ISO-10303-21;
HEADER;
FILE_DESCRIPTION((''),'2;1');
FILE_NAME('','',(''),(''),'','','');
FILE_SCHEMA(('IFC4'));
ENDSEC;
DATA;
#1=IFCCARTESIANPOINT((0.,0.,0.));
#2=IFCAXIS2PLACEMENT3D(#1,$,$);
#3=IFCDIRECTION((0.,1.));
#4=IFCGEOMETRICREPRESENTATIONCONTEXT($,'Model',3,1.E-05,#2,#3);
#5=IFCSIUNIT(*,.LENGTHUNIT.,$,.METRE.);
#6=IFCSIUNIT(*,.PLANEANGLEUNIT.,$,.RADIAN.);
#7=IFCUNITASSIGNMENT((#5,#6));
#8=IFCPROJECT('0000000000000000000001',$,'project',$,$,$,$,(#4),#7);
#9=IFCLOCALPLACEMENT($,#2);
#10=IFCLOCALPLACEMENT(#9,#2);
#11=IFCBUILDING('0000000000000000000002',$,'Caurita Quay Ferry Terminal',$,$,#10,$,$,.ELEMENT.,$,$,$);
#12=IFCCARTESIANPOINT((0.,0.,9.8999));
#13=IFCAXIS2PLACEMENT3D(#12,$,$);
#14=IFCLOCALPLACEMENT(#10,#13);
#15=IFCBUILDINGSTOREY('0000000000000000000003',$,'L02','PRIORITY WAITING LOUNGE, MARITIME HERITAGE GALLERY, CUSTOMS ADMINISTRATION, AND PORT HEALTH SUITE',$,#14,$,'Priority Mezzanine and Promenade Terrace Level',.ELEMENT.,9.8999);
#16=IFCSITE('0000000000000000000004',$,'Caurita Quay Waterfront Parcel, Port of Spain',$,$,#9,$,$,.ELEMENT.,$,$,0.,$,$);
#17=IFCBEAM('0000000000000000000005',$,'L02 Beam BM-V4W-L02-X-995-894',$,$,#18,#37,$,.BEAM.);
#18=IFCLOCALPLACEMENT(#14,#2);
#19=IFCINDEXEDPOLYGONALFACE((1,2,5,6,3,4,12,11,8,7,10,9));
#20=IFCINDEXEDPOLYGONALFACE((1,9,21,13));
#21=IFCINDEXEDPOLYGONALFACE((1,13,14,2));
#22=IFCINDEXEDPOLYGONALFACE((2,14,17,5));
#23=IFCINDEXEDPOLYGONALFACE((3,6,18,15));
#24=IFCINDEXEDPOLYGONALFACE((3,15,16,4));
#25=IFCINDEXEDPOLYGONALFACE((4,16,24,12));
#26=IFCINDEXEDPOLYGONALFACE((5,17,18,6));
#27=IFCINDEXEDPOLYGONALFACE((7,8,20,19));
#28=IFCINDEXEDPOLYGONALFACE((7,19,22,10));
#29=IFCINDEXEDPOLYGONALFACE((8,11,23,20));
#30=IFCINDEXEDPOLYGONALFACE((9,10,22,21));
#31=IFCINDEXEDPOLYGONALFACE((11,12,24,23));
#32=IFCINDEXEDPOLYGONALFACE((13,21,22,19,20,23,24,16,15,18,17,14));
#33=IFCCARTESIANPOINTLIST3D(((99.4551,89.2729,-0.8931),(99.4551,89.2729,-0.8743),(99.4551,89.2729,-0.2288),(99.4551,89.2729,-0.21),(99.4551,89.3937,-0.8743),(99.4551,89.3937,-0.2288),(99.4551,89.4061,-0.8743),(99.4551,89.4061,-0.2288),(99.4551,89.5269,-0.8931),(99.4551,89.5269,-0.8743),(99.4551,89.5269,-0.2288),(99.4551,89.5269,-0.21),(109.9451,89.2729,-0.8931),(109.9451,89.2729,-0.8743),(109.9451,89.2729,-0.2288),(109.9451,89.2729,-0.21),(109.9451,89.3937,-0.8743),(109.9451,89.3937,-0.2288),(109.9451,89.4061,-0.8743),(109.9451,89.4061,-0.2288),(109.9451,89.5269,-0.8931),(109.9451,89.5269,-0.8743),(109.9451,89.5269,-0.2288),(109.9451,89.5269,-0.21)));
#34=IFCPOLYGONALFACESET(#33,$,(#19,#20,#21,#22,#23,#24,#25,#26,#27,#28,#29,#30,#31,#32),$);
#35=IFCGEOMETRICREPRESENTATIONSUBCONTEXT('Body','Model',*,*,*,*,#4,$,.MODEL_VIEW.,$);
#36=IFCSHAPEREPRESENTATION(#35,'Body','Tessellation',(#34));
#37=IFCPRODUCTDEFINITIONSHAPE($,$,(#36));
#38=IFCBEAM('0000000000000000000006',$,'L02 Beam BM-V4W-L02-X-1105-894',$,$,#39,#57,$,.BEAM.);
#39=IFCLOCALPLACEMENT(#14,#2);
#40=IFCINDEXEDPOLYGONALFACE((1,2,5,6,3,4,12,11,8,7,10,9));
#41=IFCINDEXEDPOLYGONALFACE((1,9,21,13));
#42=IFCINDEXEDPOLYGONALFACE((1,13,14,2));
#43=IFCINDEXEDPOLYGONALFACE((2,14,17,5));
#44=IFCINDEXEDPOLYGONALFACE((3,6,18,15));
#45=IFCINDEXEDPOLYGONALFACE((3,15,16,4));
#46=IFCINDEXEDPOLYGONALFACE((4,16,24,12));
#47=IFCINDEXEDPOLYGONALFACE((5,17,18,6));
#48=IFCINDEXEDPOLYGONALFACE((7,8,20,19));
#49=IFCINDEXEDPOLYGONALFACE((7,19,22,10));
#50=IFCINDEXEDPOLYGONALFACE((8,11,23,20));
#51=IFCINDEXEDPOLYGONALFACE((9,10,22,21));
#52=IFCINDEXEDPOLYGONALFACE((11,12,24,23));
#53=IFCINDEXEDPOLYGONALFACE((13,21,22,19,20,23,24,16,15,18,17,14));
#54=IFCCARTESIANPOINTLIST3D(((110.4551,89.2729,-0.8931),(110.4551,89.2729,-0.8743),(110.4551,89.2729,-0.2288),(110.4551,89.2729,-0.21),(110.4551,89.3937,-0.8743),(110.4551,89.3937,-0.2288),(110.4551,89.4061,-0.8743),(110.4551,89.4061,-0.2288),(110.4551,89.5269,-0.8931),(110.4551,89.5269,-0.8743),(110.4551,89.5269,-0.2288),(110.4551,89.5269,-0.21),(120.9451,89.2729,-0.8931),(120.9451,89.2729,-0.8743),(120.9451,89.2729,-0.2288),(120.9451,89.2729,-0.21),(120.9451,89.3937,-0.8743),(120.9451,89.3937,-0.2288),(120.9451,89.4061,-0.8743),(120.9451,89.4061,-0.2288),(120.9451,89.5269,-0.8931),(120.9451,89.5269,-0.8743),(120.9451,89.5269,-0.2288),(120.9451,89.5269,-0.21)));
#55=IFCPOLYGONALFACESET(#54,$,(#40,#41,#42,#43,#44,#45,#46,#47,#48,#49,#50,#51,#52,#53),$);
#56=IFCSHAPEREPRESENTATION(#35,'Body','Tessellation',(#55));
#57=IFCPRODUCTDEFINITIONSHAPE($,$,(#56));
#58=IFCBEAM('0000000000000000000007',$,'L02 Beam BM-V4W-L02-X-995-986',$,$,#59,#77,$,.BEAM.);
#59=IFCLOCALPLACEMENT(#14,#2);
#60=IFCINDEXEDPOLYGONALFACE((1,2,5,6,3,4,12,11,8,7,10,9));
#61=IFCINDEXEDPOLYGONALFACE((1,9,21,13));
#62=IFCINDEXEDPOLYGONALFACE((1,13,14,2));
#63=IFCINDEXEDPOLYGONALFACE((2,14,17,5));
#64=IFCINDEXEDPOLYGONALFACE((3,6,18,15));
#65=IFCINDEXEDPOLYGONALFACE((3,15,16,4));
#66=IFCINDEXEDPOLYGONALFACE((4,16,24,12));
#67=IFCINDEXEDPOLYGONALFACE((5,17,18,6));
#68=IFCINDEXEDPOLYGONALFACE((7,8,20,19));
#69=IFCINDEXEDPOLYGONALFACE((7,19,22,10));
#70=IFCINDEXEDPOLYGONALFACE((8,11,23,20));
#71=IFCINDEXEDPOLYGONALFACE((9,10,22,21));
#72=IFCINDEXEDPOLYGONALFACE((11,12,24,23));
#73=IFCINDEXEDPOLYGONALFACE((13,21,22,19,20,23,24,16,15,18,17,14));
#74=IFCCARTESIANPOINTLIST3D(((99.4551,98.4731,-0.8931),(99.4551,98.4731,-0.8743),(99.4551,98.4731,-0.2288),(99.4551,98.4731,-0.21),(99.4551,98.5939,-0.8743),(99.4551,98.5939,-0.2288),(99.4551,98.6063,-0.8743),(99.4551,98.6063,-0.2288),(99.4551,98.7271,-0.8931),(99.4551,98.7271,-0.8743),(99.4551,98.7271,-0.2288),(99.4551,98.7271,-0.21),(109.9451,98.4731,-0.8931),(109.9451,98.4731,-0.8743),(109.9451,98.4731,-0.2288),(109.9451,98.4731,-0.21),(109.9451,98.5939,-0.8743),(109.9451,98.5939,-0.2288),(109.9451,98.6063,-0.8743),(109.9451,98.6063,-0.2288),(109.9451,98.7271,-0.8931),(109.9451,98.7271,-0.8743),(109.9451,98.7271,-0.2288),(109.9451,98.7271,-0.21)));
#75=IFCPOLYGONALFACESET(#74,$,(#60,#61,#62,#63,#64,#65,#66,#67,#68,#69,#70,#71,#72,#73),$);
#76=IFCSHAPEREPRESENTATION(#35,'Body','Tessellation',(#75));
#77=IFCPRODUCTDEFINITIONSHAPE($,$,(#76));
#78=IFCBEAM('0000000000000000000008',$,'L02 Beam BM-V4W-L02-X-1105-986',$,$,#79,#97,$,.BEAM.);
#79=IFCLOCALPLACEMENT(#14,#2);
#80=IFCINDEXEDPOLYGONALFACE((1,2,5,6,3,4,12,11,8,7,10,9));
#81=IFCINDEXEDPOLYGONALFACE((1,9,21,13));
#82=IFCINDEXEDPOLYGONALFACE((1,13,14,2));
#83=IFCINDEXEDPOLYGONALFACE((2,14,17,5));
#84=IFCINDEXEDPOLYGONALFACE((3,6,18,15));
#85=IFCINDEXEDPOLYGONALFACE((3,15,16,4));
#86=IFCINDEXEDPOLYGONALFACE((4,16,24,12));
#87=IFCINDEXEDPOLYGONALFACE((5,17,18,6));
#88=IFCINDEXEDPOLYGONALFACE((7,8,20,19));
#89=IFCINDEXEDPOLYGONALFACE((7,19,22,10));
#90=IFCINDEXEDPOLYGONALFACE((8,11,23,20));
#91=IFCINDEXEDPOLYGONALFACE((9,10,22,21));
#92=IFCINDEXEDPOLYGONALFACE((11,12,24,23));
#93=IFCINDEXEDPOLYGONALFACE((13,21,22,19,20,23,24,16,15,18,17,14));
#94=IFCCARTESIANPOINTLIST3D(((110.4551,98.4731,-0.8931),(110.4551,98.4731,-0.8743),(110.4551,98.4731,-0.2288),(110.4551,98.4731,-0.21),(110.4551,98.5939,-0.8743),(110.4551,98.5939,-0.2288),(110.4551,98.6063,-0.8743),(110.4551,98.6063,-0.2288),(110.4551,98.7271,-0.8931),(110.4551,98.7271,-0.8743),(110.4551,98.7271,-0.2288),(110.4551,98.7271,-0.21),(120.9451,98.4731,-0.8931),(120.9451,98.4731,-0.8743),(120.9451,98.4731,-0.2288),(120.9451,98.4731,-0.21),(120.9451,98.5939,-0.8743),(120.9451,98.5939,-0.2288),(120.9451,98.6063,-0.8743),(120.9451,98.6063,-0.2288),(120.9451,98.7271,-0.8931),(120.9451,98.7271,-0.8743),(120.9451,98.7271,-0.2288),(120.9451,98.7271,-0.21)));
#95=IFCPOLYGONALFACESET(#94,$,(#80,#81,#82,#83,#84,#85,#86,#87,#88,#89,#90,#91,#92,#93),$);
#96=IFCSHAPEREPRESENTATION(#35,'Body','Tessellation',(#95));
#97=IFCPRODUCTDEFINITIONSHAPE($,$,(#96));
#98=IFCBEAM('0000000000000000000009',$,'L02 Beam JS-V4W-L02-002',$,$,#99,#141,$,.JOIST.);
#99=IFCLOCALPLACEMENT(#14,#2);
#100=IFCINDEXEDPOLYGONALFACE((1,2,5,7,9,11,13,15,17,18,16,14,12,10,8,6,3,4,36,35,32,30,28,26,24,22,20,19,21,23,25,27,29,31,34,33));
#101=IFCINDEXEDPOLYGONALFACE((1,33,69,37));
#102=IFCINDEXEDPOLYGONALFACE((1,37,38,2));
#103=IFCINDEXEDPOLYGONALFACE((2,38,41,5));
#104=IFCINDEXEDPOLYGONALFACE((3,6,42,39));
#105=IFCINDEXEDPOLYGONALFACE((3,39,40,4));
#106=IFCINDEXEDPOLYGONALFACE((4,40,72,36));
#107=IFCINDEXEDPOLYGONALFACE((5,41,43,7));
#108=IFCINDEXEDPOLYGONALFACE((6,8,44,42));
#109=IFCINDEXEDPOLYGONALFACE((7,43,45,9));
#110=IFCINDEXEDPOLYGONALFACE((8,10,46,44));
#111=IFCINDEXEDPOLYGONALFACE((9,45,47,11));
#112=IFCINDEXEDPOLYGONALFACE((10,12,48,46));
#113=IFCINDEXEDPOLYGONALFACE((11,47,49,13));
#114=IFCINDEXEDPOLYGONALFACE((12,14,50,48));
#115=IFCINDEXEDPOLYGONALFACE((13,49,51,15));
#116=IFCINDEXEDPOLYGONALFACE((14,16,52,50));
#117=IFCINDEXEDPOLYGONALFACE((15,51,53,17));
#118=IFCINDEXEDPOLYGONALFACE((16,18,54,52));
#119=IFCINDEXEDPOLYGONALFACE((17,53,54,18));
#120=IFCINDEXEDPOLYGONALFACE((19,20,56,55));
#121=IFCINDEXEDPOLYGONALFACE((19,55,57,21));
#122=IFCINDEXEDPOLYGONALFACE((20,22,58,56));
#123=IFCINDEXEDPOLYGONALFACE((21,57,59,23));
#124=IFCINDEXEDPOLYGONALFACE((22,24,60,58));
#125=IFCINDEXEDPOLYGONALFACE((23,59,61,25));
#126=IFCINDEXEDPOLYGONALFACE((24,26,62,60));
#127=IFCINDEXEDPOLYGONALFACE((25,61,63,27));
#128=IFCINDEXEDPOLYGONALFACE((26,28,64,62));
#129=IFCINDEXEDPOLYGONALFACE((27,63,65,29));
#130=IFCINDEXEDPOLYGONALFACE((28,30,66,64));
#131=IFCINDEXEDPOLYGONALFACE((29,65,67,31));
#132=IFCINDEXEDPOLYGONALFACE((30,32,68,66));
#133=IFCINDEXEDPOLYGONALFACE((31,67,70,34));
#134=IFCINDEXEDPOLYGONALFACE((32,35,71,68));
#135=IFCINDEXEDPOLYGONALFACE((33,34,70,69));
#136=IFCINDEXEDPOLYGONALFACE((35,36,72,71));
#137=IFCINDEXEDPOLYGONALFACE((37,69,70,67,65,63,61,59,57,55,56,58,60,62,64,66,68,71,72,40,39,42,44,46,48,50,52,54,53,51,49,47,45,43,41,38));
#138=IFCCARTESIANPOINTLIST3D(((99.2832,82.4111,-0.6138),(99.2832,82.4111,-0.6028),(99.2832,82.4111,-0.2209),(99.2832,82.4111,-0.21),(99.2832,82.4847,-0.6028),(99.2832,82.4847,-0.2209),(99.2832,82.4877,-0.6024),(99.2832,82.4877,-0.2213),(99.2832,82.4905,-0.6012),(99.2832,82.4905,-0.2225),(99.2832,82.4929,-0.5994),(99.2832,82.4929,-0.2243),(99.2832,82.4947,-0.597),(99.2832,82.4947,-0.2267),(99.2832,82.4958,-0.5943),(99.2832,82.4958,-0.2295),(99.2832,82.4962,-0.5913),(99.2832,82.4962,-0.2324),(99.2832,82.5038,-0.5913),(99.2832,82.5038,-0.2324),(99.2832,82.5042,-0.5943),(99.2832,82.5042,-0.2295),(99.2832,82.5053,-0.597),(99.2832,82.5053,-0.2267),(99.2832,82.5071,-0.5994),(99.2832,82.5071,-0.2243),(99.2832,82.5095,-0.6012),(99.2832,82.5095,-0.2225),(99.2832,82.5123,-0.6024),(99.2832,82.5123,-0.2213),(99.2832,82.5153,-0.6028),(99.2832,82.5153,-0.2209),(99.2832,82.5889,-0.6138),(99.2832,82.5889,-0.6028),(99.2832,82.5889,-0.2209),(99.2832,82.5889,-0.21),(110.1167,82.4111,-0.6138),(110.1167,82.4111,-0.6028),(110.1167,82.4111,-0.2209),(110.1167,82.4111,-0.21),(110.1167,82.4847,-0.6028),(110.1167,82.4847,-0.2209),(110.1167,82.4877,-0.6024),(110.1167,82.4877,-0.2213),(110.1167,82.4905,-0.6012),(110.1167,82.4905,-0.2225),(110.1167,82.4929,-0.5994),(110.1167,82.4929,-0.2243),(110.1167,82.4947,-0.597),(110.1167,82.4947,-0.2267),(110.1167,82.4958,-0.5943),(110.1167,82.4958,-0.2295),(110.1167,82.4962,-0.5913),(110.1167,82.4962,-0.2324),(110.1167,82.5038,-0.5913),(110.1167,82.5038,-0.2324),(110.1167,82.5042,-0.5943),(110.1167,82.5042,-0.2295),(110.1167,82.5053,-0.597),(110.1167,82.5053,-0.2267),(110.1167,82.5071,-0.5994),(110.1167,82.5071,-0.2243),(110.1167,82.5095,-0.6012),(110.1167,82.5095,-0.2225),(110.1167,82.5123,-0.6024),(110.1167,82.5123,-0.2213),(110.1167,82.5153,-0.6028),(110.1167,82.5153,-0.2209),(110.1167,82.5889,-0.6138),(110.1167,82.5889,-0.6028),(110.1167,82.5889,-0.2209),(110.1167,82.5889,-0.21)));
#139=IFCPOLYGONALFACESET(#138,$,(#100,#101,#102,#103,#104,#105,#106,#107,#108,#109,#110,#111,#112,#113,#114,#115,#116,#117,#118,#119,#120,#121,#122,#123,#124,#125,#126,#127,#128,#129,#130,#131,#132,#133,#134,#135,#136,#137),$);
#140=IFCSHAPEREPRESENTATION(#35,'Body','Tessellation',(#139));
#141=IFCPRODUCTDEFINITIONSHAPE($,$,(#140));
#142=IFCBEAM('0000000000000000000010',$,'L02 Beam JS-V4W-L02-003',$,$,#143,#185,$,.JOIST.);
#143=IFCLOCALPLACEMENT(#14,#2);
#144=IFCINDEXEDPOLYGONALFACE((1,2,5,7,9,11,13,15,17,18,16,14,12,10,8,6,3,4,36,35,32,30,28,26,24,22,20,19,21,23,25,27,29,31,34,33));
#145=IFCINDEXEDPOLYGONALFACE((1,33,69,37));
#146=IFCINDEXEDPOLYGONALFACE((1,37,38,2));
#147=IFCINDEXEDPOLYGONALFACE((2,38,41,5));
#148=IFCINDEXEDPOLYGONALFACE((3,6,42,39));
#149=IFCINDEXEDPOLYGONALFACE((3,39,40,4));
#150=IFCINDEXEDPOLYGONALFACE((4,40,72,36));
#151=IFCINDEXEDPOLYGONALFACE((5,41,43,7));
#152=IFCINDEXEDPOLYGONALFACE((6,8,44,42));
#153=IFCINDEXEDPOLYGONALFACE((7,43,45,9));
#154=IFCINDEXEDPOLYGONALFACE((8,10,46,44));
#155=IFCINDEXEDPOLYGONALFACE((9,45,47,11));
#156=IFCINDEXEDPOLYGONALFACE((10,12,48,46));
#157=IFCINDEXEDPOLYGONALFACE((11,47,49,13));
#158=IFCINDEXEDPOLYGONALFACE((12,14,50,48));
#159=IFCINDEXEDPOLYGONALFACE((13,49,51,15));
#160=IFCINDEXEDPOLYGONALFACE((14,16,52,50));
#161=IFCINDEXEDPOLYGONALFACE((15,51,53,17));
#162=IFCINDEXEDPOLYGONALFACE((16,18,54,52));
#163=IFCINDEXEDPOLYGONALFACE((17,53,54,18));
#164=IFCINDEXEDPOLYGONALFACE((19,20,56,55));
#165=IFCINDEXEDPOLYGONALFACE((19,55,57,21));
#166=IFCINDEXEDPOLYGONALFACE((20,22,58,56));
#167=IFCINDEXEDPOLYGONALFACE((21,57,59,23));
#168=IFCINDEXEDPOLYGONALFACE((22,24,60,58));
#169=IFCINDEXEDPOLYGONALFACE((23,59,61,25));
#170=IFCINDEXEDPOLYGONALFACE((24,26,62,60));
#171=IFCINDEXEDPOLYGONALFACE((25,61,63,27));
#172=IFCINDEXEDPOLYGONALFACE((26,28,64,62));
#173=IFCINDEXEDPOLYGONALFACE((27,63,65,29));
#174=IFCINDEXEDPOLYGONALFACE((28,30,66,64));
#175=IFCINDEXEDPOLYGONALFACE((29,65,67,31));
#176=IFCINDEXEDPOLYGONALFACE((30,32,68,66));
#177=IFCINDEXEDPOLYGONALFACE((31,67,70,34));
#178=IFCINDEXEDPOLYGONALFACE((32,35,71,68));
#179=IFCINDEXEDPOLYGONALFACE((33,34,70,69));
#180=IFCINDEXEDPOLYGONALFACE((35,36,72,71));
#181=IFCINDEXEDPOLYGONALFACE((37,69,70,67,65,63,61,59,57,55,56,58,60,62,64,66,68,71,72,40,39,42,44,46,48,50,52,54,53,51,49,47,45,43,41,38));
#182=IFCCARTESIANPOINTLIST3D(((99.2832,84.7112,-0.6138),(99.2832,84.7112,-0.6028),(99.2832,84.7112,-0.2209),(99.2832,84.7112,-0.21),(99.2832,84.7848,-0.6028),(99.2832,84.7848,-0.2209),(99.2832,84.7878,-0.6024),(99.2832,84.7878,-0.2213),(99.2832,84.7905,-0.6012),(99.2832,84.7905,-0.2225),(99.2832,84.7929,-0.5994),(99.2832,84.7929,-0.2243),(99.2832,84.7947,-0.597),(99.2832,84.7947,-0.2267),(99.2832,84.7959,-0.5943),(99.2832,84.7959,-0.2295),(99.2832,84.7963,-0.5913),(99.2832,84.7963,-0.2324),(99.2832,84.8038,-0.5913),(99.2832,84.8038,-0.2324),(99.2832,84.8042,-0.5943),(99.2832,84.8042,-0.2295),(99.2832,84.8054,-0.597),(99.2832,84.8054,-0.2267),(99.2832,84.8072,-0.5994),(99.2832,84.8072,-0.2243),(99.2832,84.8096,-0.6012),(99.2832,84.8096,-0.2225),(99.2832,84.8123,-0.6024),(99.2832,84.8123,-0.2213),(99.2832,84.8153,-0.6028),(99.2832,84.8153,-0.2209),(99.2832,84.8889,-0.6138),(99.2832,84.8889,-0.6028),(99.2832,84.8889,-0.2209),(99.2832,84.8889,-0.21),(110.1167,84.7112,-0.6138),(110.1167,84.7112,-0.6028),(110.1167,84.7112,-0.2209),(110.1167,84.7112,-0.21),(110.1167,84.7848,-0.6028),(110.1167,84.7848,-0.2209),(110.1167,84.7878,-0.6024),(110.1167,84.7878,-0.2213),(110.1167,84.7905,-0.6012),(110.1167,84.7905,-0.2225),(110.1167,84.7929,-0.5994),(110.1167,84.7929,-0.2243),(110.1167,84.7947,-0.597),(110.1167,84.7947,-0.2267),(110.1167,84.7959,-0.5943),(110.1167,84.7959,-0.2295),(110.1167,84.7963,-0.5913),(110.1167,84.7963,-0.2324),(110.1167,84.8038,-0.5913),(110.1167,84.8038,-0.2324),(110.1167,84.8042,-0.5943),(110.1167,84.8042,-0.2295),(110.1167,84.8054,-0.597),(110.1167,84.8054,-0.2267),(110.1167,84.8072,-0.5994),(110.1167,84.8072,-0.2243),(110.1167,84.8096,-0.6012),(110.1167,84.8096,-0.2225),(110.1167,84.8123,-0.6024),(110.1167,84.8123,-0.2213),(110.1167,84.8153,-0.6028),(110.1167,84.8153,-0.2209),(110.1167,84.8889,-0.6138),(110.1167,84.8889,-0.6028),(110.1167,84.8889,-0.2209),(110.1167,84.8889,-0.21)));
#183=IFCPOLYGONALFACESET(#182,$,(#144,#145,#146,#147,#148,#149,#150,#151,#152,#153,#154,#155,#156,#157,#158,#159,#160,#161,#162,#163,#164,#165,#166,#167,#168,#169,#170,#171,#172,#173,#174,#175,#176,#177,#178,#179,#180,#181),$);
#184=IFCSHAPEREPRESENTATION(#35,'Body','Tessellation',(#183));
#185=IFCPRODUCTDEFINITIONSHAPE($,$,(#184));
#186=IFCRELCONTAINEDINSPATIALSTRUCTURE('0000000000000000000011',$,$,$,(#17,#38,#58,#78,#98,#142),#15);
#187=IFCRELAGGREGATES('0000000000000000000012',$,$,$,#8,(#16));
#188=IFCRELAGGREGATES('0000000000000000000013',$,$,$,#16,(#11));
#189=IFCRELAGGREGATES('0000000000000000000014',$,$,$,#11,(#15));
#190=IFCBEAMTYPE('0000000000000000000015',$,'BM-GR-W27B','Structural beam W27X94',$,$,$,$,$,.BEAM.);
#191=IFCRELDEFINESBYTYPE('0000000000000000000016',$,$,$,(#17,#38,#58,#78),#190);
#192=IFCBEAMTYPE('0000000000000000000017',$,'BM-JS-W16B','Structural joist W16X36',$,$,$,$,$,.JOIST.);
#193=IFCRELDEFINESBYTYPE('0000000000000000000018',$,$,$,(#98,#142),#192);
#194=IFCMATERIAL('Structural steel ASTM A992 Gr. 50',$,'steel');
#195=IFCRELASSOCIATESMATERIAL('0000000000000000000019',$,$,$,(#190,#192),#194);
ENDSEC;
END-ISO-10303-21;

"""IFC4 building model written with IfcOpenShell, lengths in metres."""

from ifc_helpers import new_model, si_unit, direction, frame, origin, origin_2d, place, context, subcontext, project, spatial, i_section, extrude, material, material_profile, profile_set, type_object, element, save


model = new_model("IFC4")

# Units and contexts
model_context = context("Model", 3, precision=1e-05, world=origin(), true_north=direction((0.0, 1.0)))
body_context = subcontext(model_context, "Body", "Model", "MODEL_VIEW")
ifc_project = project(units=[si_unit("LENGTHUNIT", "METRE"), si_unit("PLANEANGLEUNIT", "RADIAN")], contexts=[model_context])

# Site, building, storey
site_placement = place(None, origin())
site = spatial("IfcSite", under=ifc_project, at=site_placement, Name="Caurita Quay Waterfront Parcel, Port of Spain", CompositionType="ELEMENT", RefElevation=0.0)
building_placement = place(site_placement, origin())
building = spatial("IfcBuilding", under=site, at=building_placement, Name="Caurita Quay Ferry Terminal", CompositionType="ELEMENT")
storey_placement = place(building_placement, frame((0.0, 0.0, 9.8999)))
storey = spatial("IfcBuildingStorey", under=building, at=storey_placement, Name="L02", Description="PRIORITY WAITING LOUNGE, MARITIME HERITAGE GALLERY, CUSTOMS ADMINISTRATION, AND PORT HEALTH SUITE", LongName="Priority Mezzanine and Promenade Terrace Level", CompositionType="ELEMENT", Elevation=9.8999)

# Beams
ifc_material = material(Name="Structural steel ASTM A992 Gr. 50", Category="steel")
ifc_material_profile_1 = material_profile(ifc_material, i_section(OverallWidth=0.2539, OverallDepth=0.6831, WebThickness=0.0125, FlangeThickness=0.0188, at=origin_2d()), Name="W27X94")
ifc_profile_set_1 = profile_set([ifc_material_profile_1], Name="Structural steel ASTM A992 Gr. 50")
beam_type_1 = type_object("IfcBeamType", Name="BM-GR-W27B", Description="Structural beam W27X94", PredefinedType="BEAM", material=ifc_profile_set_1)
for number, where, z_axis, x_axis, name in (
    (1, (99.4551, 89.3999, -0.5515), (1.0, 0.0, 0.0), (0.0, 1.0, 0.0), "L02 Beam BM-V4W-L02-X-995-894"),
    (2, (110.4551, 89.3999, -0.5515), (1.0, 0.0, 0.0), (0.0, 1.0, 0.0), "L02 Beam BM-V4W-L02-X-1105-894"),
    (3, (99.4551, 98.6001, -0.5515), (1.0, 0.0, 0.0), (0.0, 1.0, 0.0), "L02 Beam BM-V4W-L02-X-995-986"),
    (4, (110.4551, 98.6001, -0.5515), (1.0, 0.0, 0.0), (0.0, 1.0, 0.0), "L02 Beam BM-V4W-L02-X-1105-986"),
):
    element("IfcBeam", number, at=place(storey_placement, frame(where, z_axis=z_axis, x_axis=x_axis)), inside=storey, type_object=beam_type_1, Name=name, PredefinedType="BEAM", context=body_context, shape_type="SweptSolid", body=[
        extrude(i_section(OverallWidth=0.2539, OverallDepth=0.6831, WebThickness=0.0125, FlangeThickness=0.0188, at=origin_2d()), origin(), (0.0, 0.0, 1.0), 10.49),
    ])
ifc_material_profile_2 = material_profile(ifc_material, i_section(OverallWidth=0.1777, OverallDepth=0.4038, WebThickness=0.0076, FlangeThickness=0.011, FilletRadius=0.0115, at=origin_2d()), Name="W16X36")
ifc_profile_set_2 = profile_set([ifc_material_profile_2], Name="Structural steel ASTM A992 Gr. 50")
beam_type_2 = type_object("IfcBeamType", Name="BM-JS-W16B", Description="Structural joist W16X36", PredefinedType="JOIST", material=ifc_profile_set_2)
for number, where, z_axis, x_axis, name in (
    (5, (99.2832, 82.5, -0.4119), (1.0, 0.0, 0.0), (0.0, 1.0, 0.0), "L02 Beam JS-V4W-L02-002"),
    (6, (99.2832, 84.8, -0.4119), (1.0, 0.0, 0.0), (0.0, 1.0, 0.0), "L02 Beam JS-V4W-L02-003"),
):
    element("IfcBeam", number, at=place(storey_placement, frame(where, z_axis=z_axis, x_axis=x_axis)), inside=storey, type_object=beam_type_2, Name=name, PredefinedType="JOIST", context=body_context, shape_type="SweptSolid", body=[
        extrude(i_section(OverallWidth=0.1777, OverallDepth=0.4038, WebThickness=0.0076, FlangeThickness=0.011, FilletRadius=0.0115, at=origin_2d()), origin(), (0.0, 0.0, 1.0), 10.8335),
    ])

save(model, "model.ifc")
